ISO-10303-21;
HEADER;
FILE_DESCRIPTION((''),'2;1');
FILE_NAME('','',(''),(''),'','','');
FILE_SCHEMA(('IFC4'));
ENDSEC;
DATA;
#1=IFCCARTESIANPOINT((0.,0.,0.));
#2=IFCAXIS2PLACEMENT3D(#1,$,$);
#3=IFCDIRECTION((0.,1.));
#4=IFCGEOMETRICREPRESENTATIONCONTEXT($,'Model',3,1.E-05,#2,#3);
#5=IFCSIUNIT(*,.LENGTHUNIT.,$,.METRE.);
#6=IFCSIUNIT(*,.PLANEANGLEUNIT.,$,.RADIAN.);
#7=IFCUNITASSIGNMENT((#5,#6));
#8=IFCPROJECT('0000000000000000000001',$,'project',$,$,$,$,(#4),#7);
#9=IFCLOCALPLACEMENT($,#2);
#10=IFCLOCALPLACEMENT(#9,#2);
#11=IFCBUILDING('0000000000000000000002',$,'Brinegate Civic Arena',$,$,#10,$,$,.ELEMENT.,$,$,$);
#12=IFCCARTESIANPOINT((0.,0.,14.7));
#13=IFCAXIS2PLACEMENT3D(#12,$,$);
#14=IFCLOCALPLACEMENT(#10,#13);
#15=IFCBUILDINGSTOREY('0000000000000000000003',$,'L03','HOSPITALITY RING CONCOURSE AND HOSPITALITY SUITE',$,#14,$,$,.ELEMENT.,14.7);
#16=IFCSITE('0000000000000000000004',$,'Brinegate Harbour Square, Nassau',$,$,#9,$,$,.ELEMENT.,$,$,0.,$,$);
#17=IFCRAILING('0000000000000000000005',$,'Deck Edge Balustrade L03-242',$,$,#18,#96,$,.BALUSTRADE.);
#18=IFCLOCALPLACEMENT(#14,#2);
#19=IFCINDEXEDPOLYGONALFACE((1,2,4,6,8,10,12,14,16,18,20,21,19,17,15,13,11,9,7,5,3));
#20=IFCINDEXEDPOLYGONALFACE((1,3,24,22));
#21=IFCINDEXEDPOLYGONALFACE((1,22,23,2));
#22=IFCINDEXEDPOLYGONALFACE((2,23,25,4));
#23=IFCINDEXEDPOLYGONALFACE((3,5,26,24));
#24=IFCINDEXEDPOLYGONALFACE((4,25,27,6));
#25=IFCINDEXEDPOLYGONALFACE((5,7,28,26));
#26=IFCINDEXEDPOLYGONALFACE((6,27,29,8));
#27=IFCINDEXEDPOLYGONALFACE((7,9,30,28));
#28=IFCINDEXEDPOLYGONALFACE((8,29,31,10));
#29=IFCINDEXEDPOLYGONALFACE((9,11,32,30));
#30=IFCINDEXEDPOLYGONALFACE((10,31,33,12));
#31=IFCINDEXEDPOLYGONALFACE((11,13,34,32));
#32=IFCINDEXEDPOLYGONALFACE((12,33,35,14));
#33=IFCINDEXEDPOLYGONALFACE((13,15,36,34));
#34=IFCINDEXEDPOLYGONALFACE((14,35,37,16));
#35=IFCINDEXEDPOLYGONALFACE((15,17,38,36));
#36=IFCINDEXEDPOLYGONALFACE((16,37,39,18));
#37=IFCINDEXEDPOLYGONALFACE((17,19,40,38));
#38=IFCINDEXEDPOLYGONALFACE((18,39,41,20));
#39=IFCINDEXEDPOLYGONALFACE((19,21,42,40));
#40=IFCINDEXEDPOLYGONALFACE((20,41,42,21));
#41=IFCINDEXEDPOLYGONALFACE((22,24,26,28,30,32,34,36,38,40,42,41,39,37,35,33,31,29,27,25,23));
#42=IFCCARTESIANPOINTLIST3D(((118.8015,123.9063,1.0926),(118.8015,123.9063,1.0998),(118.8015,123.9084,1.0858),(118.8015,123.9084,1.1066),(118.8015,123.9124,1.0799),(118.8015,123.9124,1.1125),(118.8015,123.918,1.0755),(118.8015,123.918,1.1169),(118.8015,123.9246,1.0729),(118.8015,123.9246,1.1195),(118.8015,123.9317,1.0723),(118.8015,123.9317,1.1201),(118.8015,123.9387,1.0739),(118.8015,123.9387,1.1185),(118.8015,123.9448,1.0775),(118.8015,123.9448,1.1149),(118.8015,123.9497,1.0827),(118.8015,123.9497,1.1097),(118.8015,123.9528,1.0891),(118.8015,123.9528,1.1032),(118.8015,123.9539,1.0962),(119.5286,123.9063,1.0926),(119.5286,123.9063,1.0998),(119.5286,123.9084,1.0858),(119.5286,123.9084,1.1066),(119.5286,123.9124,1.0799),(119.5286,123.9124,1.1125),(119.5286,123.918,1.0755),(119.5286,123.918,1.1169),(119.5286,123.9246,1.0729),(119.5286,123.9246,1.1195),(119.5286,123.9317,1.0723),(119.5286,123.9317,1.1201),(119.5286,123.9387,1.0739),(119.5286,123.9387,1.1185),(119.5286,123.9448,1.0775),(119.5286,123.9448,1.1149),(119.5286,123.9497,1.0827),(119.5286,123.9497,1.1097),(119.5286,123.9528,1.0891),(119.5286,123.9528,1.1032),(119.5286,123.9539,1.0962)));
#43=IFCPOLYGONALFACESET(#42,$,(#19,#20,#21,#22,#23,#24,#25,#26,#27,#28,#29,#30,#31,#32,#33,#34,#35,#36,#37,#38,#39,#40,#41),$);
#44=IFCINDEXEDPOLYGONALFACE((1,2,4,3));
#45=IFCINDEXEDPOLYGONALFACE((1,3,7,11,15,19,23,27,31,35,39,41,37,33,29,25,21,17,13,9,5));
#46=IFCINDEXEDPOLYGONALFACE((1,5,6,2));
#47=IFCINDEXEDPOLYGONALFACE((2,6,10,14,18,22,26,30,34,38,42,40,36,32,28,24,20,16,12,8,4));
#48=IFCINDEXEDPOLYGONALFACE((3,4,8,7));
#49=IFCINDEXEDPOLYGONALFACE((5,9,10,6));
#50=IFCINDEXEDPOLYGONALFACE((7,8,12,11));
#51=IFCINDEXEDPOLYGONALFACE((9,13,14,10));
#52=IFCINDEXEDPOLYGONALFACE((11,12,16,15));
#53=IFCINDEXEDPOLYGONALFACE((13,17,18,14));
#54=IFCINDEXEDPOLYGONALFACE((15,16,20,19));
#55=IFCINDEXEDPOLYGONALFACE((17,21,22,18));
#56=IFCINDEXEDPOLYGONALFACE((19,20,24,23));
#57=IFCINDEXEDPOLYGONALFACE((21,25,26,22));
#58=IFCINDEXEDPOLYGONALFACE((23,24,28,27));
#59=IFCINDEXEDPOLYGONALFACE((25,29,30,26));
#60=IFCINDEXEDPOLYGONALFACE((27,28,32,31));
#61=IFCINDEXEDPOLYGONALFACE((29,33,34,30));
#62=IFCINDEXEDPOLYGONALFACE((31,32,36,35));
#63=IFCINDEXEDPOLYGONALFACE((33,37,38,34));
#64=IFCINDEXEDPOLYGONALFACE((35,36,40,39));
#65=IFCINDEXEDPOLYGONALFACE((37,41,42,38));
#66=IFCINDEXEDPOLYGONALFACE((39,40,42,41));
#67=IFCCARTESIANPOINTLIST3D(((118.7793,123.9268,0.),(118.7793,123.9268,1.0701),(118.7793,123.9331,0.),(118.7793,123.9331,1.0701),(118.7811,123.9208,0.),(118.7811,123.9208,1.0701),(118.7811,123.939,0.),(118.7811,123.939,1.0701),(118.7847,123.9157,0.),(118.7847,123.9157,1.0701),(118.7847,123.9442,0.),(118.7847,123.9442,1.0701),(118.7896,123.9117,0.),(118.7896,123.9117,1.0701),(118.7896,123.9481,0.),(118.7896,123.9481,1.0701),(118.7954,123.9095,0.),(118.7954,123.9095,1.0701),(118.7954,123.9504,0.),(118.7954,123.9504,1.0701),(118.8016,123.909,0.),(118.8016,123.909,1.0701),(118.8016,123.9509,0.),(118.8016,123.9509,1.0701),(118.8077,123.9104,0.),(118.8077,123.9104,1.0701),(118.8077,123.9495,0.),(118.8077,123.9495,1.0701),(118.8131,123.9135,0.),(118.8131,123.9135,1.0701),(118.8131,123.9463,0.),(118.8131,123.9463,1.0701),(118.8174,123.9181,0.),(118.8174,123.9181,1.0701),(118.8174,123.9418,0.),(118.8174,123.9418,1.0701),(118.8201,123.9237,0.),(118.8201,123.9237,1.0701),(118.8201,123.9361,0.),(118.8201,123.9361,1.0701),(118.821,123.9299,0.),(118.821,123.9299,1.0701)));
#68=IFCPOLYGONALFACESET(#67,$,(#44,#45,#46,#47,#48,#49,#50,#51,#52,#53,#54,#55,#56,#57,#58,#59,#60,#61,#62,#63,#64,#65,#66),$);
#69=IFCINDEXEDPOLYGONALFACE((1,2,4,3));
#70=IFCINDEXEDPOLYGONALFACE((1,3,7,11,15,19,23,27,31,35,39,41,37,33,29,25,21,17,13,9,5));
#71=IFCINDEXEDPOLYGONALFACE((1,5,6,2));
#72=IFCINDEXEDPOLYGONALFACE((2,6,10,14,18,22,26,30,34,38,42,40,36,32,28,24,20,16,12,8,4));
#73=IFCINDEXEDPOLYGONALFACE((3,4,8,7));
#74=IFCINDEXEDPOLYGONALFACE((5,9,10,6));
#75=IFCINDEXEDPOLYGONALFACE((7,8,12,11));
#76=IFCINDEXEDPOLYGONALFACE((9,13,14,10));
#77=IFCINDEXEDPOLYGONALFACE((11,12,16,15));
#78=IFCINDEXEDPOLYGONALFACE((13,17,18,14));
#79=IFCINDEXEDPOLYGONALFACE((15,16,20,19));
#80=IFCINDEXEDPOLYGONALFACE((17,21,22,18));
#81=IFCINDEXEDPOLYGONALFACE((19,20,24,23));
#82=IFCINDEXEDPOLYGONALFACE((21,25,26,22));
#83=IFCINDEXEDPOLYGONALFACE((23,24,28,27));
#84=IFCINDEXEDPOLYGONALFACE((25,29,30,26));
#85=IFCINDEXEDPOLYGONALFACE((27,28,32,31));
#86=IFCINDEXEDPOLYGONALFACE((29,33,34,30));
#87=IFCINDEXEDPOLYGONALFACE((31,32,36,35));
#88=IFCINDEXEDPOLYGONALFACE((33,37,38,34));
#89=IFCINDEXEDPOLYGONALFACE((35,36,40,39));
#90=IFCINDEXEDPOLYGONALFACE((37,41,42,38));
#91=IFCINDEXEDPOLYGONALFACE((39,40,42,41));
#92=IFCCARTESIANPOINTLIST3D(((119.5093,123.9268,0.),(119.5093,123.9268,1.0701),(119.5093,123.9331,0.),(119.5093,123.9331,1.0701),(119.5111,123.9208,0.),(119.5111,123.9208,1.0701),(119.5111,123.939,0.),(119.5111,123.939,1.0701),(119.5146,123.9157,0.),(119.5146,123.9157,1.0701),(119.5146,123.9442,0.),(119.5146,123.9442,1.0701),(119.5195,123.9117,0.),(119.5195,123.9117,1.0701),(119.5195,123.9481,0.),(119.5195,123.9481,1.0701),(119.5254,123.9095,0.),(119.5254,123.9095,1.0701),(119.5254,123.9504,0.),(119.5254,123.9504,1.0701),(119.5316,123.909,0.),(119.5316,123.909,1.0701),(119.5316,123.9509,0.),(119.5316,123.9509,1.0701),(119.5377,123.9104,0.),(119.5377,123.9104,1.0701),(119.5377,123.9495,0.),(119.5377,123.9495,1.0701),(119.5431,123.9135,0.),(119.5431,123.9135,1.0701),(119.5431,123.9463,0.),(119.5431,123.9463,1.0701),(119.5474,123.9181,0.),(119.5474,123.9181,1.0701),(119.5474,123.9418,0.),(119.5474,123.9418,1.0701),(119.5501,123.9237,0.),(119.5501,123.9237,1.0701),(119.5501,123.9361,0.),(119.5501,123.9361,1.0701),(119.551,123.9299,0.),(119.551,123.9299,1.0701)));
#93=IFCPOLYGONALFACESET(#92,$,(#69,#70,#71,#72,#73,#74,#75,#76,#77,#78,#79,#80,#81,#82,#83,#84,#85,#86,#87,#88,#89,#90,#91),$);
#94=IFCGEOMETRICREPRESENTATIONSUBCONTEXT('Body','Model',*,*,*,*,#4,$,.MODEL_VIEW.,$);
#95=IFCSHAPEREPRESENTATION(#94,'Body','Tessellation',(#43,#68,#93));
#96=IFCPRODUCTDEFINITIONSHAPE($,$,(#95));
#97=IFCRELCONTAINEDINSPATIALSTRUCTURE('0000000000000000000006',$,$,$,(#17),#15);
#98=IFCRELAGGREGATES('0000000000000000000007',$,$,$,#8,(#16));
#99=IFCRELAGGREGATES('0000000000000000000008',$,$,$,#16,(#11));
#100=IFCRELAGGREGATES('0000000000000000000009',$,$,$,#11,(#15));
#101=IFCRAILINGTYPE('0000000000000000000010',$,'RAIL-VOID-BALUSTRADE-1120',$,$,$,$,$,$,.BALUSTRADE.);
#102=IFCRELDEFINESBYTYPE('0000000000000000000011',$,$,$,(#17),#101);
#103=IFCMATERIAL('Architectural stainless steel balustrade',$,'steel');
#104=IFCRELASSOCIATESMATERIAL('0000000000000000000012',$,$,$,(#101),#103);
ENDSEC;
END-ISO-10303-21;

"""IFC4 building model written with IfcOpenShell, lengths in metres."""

from ifc_helpers import new_model, si_unit, direction, frame, origin, origin_2d, place, context, subcontext, project, spatial, circle, extrude, material, type_object, element, save


model = new_model("IFC4")

# Units and contexts
model_context = context("Model", 3, precision=1e-05, world=origin(), true_north=direction((0.0, 1.0)))
body_context = subcontext(model_context, "Body", "Model", "MODEL_VIEW")
ifc_project = project(units=[si_unit("LENGTHUNIT", "METRE"), si_unit("PLANEANGLEUNIT", "RADIAN")], contexts=[model_context])

# Site, building, storey
site_placement = place(None, origin())
site = spatial("IfcSite", under=ifc_project, at=site_placement, Name="Brinegate Harbour Square, Nassau", CompositionType="ELEMENT", RefElevation=0.0)
building_placement = place(site_placement, origin())
building = spatial("IfcBuilding", under=site, at=building_placement, Name="Brinegate Civic Arena", CompositionType="ELEMENT")
storey_placement = place(building_placement, frame((0.0, 0.0, 14.7)))
storey = spatial("IfcBuildingStorey", under=building, at=storey_placement, Name="L03", Description="HOSPITALITY RING CONCOURSE AND HOSPITALITY SUITE", CompositionType="ELEMENT", Elevation=14.7)

# Railing
ifc_material_1 = material(Name="Architectural stainless steel balustrade", Category="steel")
railing_type_1 = type_object("IfcRailingType", Name="RAIL-VOID-BALUSTRADE-1120", PredefinedType="BALUSTRADE", material=ifc_material_1)
railing_1_placement = place(storey_placement, frame((118.8, 123.9299, 0.0)))
element("IfcRailing", 1, at=railing_1_placement, inside=storey, type_object=railing_type_1, Name="Deck Edge Balustrade L03-242", PredefinedType="BALUSTRADE", context=body_context, shape_type="SweptSolid", body=[
    extrude(circle(Radius=0.0239, at=origin_2d()), frame((0.0015, 0.0, 1.0962), z_axis=(1.0, 0.0, 0.0), x_axis=(0.0, 1.0, 0.0)), (0.0, 0.0, 1.0), 0.7271),
    extrude(circle(Radius=0.021, at=origin_2d()), origin(), (0.0, 0.0, 1.0), 1.0701),
    extrude(circle(Radius=0.021, at=origin_2d()), frame((0.73, 0.0, 0.0)), (0.0, 0.0, 1.0), 1.0701),
])

save(model, "model.ifc")
